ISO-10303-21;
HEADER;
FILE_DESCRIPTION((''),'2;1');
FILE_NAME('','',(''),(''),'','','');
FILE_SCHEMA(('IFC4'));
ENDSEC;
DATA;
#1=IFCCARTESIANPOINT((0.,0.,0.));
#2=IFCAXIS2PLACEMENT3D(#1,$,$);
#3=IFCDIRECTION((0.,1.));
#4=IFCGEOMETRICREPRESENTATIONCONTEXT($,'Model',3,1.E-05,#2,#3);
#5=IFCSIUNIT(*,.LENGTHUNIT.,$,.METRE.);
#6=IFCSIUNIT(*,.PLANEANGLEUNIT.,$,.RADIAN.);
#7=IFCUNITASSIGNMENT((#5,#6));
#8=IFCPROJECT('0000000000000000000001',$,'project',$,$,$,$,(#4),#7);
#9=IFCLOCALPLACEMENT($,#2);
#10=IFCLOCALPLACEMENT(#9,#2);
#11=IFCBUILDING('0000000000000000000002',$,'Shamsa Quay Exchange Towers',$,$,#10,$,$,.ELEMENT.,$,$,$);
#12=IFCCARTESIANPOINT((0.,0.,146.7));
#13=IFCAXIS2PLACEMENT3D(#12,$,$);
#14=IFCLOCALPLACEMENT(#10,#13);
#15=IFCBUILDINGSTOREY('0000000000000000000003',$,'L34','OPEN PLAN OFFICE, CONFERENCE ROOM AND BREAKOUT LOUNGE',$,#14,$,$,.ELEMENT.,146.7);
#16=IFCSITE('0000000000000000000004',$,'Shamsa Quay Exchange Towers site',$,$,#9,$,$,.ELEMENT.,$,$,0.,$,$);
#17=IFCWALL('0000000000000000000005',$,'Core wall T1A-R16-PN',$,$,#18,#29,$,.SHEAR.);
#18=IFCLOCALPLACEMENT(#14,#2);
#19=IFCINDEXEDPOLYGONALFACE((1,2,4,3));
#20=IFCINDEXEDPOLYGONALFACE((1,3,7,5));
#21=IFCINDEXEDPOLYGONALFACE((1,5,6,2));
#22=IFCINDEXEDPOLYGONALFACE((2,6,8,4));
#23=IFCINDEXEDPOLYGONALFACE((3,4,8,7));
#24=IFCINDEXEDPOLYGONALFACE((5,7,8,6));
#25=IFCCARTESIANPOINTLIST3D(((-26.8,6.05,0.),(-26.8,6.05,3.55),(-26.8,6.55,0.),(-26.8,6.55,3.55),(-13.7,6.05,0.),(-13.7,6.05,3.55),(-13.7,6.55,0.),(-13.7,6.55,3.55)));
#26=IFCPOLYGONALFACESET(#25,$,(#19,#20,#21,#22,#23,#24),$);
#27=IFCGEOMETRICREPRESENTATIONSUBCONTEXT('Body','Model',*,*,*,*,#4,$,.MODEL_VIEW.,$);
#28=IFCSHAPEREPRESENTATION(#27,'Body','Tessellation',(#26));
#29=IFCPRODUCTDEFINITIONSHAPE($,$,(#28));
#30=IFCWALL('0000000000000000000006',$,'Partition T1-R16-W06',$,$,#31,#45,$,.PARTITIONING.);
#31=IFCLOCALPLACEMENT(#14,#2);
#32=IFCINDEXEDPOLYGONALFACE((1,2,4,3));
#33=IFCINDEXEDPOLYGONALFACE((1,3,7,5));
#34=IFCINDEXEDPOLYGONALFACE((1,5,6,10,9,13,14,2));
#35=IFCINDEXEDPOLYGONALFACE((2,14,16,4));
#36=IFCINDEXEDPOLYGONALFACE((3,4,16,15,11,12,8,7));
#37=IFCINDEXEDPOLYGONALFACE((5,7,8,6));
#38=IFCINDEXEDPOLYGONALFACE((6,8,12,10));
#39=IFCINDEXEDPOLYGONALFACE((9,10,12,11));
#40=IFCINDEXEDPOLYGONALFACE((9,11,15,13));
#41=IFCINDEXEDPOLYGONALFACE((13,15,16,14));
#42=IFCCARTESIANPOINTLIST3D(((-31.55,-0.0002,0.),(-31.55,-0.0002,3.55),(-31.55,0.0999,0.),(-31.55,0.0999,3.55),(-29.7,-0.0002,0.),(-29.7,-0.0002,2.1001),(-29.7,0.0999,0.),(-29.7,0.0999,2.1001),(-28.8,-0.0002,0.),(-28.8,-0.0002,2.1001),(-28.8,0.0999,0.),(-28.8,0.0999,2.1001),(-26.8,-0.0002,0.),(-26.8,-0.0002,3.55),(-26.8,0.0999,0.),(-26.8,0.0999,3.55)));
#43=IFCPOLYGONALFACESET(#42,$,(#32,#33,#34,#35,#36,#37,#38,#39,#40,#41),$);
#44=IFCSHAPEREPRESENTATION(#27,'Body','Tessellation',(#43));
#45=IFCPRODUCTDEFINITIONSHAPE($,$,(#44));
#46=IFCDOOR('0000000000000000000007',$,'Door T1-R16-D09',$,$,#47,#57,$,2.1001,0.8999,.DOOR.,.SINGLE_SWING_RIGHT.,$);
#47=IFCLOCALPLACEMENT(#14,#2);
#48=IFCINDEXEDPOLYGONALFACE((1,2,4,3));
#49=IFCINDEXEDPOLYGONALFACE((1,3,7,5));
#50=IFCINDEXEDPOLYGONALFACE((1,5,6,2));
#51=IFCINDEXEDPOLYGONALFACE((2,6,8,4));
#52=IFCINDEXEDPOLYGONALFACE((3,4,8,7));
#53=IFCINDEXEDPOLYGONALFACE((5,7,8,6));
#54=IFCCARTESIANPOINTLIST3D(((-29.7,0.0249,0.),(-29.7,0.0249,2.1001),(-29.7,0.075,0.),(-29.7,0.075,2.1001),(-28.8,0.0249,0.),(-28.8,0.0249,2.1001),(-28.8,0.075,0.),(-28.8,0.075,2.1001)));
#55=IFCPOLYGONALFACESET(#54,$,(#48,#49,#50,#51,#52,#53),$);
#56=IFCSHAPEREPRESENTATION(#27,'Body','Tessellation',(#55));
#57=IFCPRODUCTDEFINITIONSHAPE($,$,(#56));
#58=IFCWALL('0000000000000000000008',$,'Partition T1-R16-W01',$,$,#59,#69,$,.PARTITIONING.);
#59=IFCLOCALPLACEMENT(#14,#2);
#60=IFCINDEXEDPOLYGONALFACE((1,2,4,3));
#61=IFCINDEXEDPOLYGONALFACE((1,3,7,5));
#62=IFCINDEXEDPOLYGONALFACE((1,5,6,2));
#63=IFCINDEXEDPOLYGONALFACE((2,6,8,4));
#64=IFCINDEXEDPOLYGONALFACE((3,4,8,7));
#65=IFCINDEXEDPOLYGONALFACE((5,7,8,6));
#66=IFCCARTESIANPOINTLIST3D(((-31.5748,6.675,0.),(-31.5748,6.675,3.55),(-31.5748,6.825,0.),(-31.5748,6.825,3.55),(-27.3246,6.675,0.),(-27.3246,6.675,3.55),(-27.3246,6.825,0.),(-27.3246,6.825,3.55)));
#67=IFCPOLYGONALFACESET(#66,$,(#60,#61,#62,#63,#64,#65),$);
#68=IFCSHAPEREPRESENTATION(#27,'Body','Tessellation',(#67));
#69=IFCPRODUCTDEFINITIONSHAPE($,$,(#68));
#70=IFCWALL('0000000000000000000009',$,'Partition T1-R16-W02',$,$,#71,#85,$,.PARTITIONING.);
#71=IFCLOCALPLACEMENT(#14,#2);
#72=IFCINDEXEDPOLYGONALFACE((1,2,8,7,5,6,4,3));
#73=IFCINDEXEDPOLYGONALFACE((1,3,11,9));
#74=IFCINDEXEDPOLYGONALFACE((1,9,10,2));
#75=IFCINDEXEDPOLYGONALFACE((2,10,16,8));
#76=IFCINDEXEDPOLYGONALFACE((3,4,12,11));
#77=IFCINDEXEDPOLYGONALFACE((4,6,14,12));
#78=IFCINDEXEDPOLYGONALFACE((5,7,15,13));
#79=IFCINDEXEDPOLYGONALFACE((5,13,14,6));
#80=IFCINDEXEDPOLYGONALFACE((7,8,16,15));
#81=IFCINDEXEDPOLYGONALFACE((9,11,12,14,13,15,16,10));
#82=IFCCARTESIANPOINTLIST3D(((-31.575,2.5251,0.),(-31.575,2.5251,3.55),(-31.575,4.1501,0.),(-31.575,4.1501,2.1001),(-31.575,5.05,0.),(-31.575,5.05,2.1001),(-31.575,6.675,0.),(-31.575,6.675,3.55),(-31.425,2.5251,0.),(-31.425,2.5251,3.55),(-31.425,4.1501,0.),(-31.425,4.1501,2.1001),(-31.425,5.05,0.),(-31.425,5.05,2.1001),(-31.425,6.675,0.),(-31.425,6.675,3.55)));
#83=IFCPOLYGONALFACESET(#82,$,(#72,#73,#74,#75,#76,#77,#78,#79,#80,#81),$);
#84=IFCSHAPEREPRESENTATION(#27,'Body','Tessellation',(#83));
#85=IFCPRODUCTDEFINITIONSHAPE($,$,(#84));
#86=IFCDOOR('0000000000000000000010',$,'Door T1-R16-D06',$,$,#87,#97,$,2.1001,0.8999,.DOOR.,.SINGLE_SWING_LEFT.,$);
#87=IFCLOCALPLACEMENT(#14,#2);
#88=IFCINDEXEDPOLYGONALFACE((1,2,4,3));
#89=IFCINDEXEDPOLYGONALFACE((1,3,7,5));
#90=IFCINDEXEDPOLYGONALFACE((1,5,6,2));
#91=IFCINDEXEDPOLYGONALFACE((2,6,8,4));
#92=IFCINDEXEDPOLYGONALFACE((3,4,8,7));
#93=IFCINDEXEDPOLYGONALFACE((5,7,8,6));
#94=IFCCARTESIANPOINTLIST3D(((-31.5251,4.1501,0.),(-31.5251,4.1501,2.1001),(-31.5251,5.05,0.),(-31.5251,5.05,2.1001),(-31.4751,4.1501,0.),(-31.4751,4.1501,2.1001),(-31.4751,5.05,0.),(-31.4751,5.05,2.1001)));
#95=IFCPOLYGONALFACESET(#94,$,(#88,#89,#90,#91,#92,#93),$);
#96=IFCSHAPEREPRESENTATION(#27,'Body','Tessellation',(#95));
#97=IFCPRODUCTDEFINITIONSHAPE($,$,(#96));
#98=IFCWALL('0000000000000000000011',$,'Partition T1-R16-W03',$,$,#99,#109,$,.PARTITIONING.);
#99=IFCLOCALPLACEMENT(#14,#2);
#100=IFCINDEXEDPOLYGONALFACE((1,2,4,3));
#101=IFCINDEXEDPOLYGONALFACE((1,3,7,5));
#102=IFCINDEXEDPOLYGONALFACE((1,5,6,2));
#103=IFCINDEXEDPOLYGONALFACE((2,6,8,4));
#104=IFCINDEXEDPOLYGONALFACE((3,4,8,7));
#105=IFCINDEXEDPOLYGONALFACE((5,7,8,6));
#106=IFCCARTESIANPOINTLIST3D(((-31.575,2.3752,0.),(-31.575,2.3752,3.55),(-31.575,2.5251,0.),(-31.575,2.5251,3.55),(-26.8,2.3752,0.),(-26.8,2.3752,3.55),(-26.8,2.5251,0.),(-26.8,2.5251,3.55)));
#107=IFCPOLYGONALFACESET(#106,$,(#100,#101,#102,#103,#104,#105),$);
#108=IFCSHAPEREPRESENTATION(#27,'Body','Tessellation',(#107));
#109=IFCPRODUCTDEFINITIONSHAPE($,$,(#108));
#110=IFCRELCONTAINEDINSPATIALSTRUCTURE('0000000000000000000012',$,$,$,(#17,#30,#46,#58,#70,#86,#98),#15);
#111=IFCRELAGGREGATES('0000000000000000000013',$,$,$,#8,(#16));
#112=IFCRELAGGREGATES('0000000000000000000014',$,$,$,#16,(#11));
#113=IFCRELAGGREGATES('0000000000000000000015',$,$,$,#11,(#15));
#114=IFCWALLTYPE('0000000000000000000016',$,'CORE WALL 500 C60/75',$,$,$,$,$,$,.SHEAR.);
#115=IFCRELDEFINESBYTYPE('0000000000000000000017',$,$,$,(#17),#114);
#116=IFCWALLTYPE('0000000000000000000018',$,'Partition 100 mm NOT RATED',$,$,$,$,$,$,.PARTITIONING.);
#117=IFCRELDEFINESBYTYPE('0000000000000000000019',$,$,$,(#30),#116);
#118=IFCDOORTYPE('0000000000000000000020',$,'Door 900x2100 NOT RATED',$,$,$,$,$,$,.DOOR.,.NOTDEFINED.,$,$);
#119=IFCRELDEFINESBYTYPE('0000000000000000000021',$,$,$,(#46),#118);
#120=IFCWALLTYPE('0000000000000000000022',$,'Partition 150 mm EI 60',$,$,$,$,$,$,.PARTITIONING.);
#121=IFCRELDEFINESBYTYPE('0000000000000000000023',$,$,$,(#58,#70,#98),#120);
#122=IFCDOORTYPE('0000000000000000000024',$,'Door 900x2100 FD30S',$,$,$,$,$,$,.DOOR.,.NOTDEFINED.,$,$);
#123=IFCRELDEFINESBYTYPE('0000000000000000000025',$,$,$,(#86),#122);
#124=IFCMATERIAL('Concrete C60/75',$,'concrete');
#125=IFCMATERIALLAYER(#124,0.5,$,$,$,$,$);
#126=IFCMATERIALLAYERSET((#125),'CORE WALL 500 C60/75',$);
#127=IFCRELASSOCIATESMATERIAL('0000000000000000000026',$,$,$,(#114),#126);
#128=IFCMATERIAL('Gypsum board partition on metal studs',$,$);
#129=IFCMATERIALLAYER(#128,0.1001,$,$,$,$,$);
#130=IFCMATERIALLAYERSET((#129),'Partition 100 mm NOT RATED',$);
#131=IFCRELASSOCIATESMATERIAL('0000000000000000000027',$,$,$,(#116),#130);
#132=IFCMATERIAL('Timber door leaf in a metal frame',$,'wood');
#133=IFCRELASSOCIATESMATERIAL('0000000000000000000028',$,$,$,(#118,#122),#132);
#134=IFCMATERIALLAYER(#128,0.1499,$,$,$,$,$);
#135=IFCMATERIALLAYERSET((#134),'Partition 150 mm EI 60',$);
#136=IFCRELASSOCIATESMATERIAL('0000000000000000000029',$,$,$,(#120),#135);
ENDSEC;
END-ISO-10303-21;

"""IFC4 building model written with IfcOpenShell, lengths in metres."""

from ifc_helpers import new_model, si_unit, direction, frame, frame_2d, origin, place, context, subcontext, project, spatial, rectangle, extrude, material, layer, layer_set, type_object, element, fill, save


model = new_model("IFC4")

# Units and contexts
model_context = context("Model", 3, precision=1e-05, world=origin(), true_north=direction((0.0, 1.0)))
body_context = subcontext(model_context, "Body", "Model", "MODEL_VIEW")
ifc_project = project(units=[si_unit("LENGTHUNIT", "METRE"), si_unit("PLANEANGLEUNIT", "RADIAN")], contexts=[model_context])

# Site, building, storey
site_placement = place(None, origin())
site = spatial("IfcSite", under=ifc_project, at=site_placement, Name="Shamsa Quay Exchange Towers site", CompositionType="ELEMENT", RefElevation=0.0)
building_placement = place(site_placement, origin())
building = spatial("IfcBuilding", under=site, at=building_placement, Name="Shamsa Quay Exchange Towers", CompositionType="ELEMENT")
storey_placement = place(building_placement, frame((0.0, 0.0, 146.7)))
storey = spatial("IfcBuildingStorey", under=building, at=storey_placement, Name="L34", Description="OPEN PLAN OFFICE, CONFERENCE ROOM AND BREAKOUT LOUNGE", CompositionType="ELEMENT", Elevation=146.7)

# Shared definitions
ifc_material_1 = material(Name="Timber door leaf in a metal frame", Category="wood")

# Wall
ifc_material_2 = material(Name="Concrete C60/75", Category="concrete")
ifc_layer_1 = layer(ifc_material_2, 0.5)
ifc_layer_set_1 = layer_set([ifc_layer_1], Name="CORE WALL 500 C60/75")
wall_type_1 = type_object("IfcWallType", Name="CORE WALL 500 C60/75", PredefinedType="SHEAR", material=ifc_layer_set_1)
wall_1_placement = place(storey_placement, frame((-26.8, 6.3, 0.0)))
element("IfcWall", 1, at=wall_1_placement, inside=storey, type_object=wall_type_1, Name="Core wall T1A-R16-PN", PredefinedType="SHEAR", context=body_context, shape_type="SweptSolid", body=[
    extrude(rectangle(XDim=13.1001, YDim=0.5, at=frame_2d((6.55, 0.0))), origin(), (0.0, 0.0, 1.0), 3.55),
])

# Wall, opening, door
ifc_material_3 = material(Name="Gypsum board partition on metal studs")
ifc_layer_2 = layer(ifc_material_3, 0.1001)
ifc_layer_set_2 = layer_set([ifc_layer_2], Name="Partition 100 mm NOT RATED")
wall_type_2 = type_object("IfcWallType", Name="Partition 100 mm NOT RATED", PredefinedType="PARTITIONING", material=ifc_layer_set_2)
wall_2_placement = place(storey_placement, frame((-26.8, 0.0498, 0.0), z_axis=(0.0, 0.0, 1.0), x_axis=(-1.0, 0.0, 0.0)))
wall_2 = element("IfcWall", 2, at=wall_2_placement, inside=storey, type_object=wall_type_2, Name="Partition T1-R16-W06", PredefinedType="PARTITIONING", context=body_context, shape_type="SweptSolid", body=[
    extrude(rectangle(XDim=4.75, YDim=0.1001, at=frame_2d((2.375, 0.0))), origin(), (0.0, 0.0, 1.0), 3.55),
])
opening_1_placement = place(wall_2_placement, frame((2.0, 0.0, 0.0)))
opening_1 = element("IfcOpeningElement", 3, at=opening_1_placement, cuts=wall_2, PredefinedType="OPENING", context=body_context, shape_type="SweptSolid", body=[
    extrude(rectangle(XDim=0.8999, YDim=2.1001, at=frame_2d((0.45, 1.05))), frame((0.0, 0.0601, 0.0), z_axis=(0.0, -1.0, 0.0), x_axis=(1.0, 0.0, 0.0)), (0.0, 0.0, 1.0), 0.1201),
])
door_type_1 = type_object("IfcDoorType", Name="Door 900x2100 NOT RATED", OperationType="NOTDEFINED", PredefinedType="DOOR", material=ifc_material_1)
door_1_placement = place(opening_1_placement, origin())
door_1 = element("IfcDoor", 4, at=door_1_placement, inside=storey, type_object=door_type_1, Name="Door T1-R16-D09", OperationType="SINGLE_SWING_RIGHT", OverallHeight=2.1001, OverallWidth=0.8999, PredefinedType="DOOR", context=body_context, shape_type="SweptSolid", body=[
    extrude(rectangle(XDim=0.8999, YDim=2.1001, at=frame_2d((0.45, 1.05))), frame((0.0, 0.0249, 0.0), z_axis=(0.0, -1.0, 0.0), x_axis=(1.0, 0.0, 0.0)), (0.0, 0.0, 1.0), 0.05),
])
fill(opening_1, door_1)

# Wall
ifc_layer_3 = layer(ifc_material_3, 0.1499)
ifc_layer_set_3 = layer_set([ifc_layer_3], Name="Partition 150 mm EI 60")
wall_type_3 = type_object("IfcWallType", Name="Partition 150 mm EI 60", PredefinedType="PARTITIONING", material=ifc_layer_set_3)
wall_3_placement = place(storey_placement, frame((-27.3247, 6.75, 0.0), z_axis=(0.0, 0.0, 1.0), x_axis=(-1.0, 0.0, 0.0)))
element("IfcWall", 5, at=wall_3_placement, inside=storey, type_object=wall_type_3, Name="Partition T1-R16-W01", PredefinedType="PARTITIONING", context=body_context, shape_type="SweptSolid", body=[
    extrude(rectangle(XDim=4.2502, YDim=0.1499, at=frame_2d((2.125, 0.0))), origin(), (0.0, 0.0, 1.0), 3.55),
])

# Wall, opening, door
wall_4_placement = place(storey_placement, frame((-31.5, 6.675, 0.0), z_axis=(0.0, 0.0, 1.0), x_axis=(0.0, -1.0, 0.0)))
wall_4 = element("IfcWall", 6, at=wall_4_placement, inside=storey, type_object=wall_type_3, Name="Partition T1-R16-W02", PredefinedType="PARTITIONING", context=body_context, shape_type="SweptSolid", body=[
    extrude(rectangle(XDim=4.1499, YDim=0.1499, at=frame_2d((2.075, 0.0))), origin(), (0.0, 0.0, 1.0), 3.55),
])
opening_2_placement = place(wall_4_placement, frame((1.625, 0.0, 0.0)))
opening_2 = element("IfcOpeningElement", 7, at=opening_2_placement, cuts=wall_4, PredefinedType="OPENING", context=body_context, shape_type="SweptSolid", body=[
    extrude(rectangle(XDim=0.8999, YDim=2.1001, at=frame_2d((0.45, 1.05))), frame((0.0, 0.085, 0.0), z_axis=(0.0, -1.0, 0.0), x_axis=(1.0, 0.0, 0.0)), (0.0, 0.0, 1.0), 0.1699),
])
door_type_2 = type_object("IfcDoorType", Name="Door 900x2100 FD30S", OperationType="NOTDEFINED", PredefinedType="DOOR", material=ifc_material_1)
door_2_placement = place(opening_2_placement, origin())
door_2 = element("IfcDoor", 8, at=door_2_placement, inside=storey, type_object=door_type_2, Name="Door T1-R16-D06", OperationType="SINGLE_SWING_LEFT", OverallHeight=2.1001, OverallWidth=0.8999, PredefinedType="DOOR", context=body_context, shape_type="SweptSolid", body=[
    extrude(rectangle(XDim=0.8999, YDim=2.1001, at=frame_2d((0.45, 1.05))), frame((0.0, 0.0249, 0.0), z_axis=(0.0, -1.0, 0.0), x_axis=(1.0, 0.0, 0.0)), (0.0, 0.0, 1.0), 0.05),
])
fill(opening_2, door_2)

# Wall
wall_5_placement = place(storey_placement, frame((-31.575, 2.4502, 0.0)))
element("IfcWall", 9, at=wall_5_placement, inside=storey, type_object=wall_type_3, Name="Partition T1-R16-W03", PredefinedType="PARTITIONING", context=body_context, shape_type="SweptSolid", body=[
    extrude(rectangle(XDim=4.7749, YDim=0.1499, at=frame_2d((2.3875, 0.0))), origin(), (0.0, 0.0, 1.0), 3.55),
])

save(model, "model.ifc")
